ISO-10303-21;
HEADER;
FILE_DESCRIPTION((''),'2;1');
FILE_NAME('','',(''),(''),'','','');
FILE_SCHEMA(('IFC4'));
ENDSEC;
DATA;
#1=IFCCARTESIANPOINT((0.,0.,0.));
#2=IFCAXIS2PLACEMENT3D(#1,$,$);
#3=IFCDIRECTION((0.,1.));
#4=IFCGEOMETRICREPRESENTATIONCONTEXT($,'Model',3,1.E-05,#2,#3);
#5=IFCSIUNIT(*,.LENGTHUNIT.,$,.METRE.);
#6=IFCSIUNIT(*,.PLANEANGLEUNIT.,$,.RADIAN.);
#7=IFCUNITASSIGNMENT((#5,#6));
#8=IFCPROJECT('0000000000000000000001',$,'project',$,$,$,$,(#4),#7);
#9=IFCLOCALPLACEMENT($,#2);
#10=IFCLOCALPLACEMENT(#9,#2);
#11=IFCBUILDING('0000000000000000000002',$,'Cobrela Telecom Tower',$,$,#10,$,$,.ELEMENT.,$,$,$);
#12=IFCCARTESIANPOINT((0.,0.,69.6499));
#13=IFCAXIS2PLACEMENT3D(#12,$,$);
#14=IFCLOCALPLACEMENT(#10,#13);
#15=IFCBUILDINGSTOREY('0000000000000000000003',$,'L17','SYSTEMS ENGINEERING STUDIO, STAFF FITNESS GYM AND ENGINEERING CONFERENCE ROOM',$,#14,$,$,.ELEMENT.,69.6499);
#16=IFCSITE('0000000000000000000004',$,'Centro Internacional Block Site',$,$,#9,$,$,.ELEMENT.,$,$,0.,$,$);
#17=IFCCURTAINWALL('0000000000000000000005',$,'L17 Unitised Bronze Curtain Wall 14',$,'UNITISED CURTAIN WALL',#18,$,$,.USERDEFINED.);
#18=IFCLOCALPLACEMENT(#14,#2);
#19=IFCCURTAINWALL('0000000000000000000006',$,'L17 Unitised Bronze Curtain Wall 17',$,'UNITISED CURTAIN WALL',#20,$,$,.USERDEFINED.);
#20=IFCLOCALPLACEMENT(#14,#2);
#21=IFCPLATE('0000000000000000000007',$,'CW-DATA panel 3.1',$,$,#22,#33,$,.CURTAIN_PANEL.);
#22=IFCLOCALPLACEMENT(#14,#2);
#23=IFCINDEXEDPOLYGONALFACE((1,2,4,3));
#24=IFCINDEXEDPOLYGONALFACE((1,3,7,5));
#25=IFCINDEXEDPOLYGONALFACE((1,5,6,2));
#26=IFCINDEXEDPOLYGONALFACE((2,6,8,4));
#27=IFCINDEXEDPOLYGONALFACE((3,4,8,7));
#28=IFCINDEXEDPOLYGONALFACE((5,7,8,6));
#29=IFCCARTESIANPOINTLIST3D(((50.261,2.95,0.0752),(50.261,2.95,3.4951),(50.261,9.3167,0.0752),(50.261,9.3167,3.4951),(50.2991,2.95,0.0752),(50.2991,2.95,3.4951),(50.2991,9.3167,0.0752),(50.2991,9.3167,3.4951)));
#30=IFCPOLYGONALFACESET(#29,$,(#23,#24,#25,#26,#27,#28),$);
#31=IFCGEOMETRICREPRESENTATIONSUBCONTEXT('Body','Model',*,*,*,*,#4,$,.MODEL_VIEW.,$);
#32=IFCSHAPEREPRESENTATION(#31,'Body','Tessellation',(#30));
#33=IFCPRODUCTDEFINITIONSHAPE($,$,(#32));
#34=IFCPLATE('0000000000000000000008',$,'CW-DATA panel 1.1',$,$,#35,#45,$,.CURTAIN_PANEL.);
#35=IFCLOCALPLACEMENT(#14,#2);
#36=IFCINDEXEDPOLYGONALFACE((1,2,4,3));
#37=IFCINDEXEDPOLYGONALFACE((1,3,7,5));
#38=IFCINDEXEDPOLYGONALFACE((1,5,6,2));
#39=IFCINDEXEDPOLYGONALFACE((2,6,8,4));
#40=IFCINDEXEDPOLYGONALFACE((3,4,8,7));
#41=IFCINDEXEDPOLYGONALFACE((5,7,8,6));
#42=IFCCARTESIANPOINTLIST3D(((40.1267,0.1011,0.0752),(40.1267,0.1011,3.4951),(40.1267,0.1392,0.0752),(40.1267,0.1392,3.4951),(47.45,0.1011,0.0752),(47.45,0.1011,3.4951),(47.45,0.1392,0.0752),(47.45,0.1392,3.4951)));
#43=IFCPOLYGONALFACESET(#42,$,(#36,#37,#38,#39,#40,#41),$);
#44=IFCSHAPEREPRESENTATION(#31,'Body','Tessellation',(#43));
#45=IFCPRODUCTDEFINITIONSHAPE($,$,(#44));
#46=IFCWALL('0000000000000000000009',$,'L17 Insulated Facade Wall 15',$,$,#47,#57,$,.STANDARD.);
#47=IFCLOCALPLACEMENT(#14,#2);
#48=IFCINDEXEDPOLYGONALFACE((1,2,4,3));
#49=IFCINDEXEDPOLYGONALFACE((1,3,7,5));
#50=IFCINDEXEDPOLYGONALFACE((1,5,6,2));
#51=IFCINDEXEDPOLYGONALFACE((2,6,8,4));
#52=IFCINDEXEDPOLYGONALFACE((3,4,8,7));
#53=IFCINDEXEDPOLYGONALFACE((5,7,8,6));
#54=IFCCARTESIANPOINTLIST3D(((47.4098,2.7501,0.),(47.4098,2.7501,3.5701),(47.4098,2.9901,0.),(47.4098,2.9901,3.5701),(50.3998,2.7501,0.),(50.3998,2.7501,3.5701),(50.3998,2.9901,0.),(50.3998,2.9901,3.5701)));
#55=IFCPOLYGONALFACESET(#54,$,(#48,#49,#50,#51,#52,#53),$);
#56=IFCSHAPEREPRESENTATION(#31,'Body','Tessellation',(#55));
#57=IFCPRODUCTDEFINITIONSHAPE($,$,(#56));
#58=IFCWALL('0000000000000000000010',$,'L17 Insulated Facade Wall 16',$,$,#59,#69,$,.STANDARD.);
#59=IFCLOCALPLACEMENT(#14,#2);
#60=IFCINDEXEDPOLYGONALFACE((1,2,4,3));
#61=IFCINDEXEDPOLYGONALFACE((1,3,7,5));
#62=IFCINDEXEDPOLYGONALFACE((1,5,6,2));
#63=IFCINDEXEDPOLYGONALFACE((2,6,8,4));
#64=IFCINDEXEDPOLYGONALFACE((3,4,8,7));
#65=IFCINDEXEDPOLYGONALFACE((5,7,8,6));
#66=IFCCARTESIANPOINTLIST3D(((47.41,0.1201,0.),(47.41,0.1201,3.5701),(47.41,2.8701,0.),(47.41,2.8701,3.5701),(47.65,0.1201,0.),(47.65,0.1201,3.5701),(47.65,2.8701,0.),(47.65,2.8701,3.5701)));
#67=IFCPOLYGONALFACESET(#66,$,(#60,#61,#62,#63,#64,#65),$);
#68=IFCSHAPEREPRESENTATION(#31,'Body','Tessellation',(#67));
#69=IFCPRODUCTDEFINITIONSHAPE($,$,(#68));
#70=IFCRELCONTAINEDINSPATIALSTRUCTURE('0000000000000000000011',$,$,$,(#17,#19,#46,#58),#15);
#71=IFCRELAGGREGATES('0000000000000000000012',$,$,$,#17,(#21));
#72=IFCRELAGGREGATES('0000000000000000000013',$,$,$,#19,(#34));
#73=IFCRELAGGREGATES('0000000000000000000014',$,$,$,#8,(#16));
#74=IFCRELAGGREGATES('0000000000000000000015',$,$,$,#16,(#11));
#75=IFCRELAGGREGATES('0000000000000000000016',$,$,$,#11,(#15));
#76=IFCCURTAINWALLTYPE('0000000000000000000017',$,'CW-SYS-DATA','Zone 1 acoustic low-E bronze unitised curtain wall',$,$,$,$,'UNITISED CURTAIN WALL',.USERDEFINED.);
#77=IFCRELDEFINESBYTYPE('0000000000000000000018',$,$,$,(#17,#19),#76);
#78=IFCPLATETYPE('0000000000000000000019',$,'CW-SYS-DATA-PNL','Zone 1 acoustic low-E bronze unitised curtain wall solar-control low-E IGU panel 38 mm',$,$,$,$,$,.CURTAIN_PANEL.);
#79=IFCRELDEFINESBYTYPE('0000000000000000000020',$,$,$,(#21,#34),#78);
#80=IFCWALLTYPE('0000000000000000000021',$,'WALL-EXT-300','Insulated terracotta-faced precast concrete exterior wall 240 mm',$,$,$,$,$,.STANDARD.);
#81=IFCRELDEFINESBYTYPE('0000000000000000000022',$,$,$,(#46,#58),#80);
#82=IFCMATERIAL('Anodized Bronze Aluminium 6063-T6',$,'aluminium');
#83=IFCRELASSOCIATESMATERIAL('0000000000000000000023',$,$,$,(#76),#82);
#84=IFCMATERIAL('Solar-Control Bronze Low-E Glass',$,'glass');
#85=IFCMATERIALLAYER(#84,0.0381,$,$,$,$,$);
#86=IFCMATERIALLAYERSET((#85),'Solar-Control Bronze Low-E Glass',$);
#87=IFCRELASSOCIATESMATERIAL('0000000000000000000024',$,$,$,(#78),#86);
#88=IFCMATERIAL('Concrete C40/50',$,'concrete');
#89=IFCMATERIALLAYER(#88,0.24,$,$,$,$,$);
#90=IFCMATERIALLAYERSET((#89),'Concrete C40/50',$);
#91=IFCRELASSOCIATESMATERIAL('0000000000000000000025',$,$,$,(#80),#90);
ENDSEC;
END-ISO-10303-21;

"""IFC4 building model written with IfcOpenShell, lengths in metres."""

from ifc_helpers import new_model, si_unit, direction, frame, frame_2d, origin, origin_2d, place, context, subcontext, project, spatial, rectangle, extrude, material, layer, layer_set, type_object, element, aggregate, save


model = new_model("IFC4")

# Units and contexts
model_context = context("Model", 3, precision=1e-05, world=origin(), true_north=direction((0.0, 1.0)))
body_context = subcontext(model_context, "Body", "Model", "MODEL_VIEW")
ifc_project = project(units=[si_unit("LENGTHUNIT", "METRE"), si_unit("PLANEANGLEUNIT", "RADIAN")], contexts=[model_context])

# Site, building, storey
site_placement = place(None, origin())
site = spatial("IfcSite", under=ifc_project, at=site_placement, Name="Centro Internacional Block Site", CompositionType="ELEMENT", RefElevation=0.0)
building_placement = place(site_placement, origin())
building = spatial("IfcBuilding", under=site, at=building_placement, Name="Cobrela Telecom Tower", CompositionType="ELEMENT")
storey_placement = place(building_placement, frame((0.0, 0.0, 69.6499)))
storey = spatial("IfcBuildingStorey", under=building, at=storey_placement, Name="L17", Description="SYSTEMS ENGINEERING STUDIO, STAFF FITNESS GYM AND ENGINEERING CONFERENCE ROOM", CompositionType="ELEMENT", Elevation=69.6499)

# Curtain wall
ifc_material_1 = material(Name="Anodized Bronze Aluminium 6063-T6", Category="aluminium")
curtain_wall_type = type_object("IfcCurtainWallType", Name="CW-SYS-DATA", Description="Zone 1 acoustic low-E bronze unitised curtain wall", ElementType="UNITISED CURTAIN WALL", PredefinedType="USERDEFINED", material=ifc_material_1)
curtain_wall_1_placement = place(storey_placement, origin())
curtain_wall_1 = element("IfcCurtainWall", 1, at=curtain_wall_1_placement, inside=storey, type_object=curtain_wall_type, Name="L17 Unitised Bronze Curtain Wall 14", ObjectType="UNITISED CURTAIN WALL", PredefinedType="USERDEFINED")

# Curtain wall
curtain_wall_2_placement = place(storey_placement, origin())
curtain_wall_2 = element("IfcCurtainWall", 2, at=curtain_wall_2_placement, inside=storey, type_object=curtain_wall_type, Name="L17 Unitised Bronze Curtain Wall 17", ObjectType="UNITISED CURTAIN WALL", PredefinedType="USERDEFINED")

# Plates
ifc_material_2 = material(Name="Solar-Control Bronze Low-E Glass", Category="glass")
ifc_layer_1 = layer(ifc_material_2, 0.0381)
ifc_layer_set_1 = layer_set([ifc_layer_1], Name="Solar-Control Bronze Low-E Glass")
plate_type = type_object("IfcPlateType", Name="CW-SYS-DATA-PNL", Description="Zone 1 acoustic low-E bronze unitised curtain wall solar-control low-E IGU panel 38 mm", PredefinedType="CURTAIN_PANEL", material=ifc_layer_set_1)
plate_1_placement = place(storey_placement, frame((50.28, 6.1333, 0.0752), z_axis=(0.0, 0.0, 1.0), x_axis=(0.0, -1.0, 0.0)))
plate_1 = element("IfcPlate", 3, at=plate_1_placement, type_object=plate_type, Name="CW-DATA panel 3.1", PredefinedType="CURTAIN_PANEL", context=body_context, shape_type="SweptSolid", body=[
    extrude(rectangle(XDim=6.3667, YDim=0.0381, at=origin_2d()), origin(), (0.0, 0.0, 1.0), 3.4199),
])
aggregate(curtain_wall_1, [plate_1])
plate_2_placement = place(storey_placement, frame((43.7883, 0.1201, 0.0752), z_axis=(0.0, 0.0, 1.0), x_axis=(-1.0, 0.0, 0.0)))
plate_2 = element("IfcPlate", 4, at=plate_2_placement, type_object=plate_type, Name="CW-DATA panel 1.1", PredefinedType="CURTAIN_PANEL", context=body_context, shape_type="SweptSolid", body=[
    extrude(rectangle(XDim=7.3232, YDim=0.0381, at=origin_2d()), origin(), (0.0, 0.0, 1.0), 3.4199),
])
aggregate(curtain_wall_2, [plate_2])

# Walls
ifc_material_3 = material(Name="Concrete C40/50", Category="concrete")
ifc_layer_2 = layer(ifc_material_3, 0.24)
ifc_layer_set_2 = layer_set([ifc_layer_2], Name="Concrete C40/50")
wall_type = type_object("IfcWallType", Name="WALL-EXT-300", Description="Insulated terracotta-faced precast concrete exterior wall 240 mm", PredefinedType="STANDARD", material=ifc_layer_set_2)
wall_1_placement = place(storey_placement, frame((50.3999, 2.8701, 0.0), z_axis=(0.0, 0.0, 1.0), x_axis=(-1.0, 0.0, 0.0)))
element("IfcWall", 5, at=wall_1_placement, inside=storey, type_object=wall_type, Name="L17 Insulated Facade Wall 15", PredefinedType="STANDARD", context=body_context, shape_type="SweptSolid", body=[
    extrude(rectangle(XDim=2.99, YDim=0.24, at=frame_2d((1.4951, 0.0))), origin(), (0.0, 0.0, 1.0), 3.5701),
])
wall_2_placement = place(storey_placement, frame((47.53, 2.8701, 0.0), z_axis=(0.0, 0.0, 1.0), x_axis=(0.0, -1.0, 0.0)))
element("IfcWall", 6, at=wall_2_placement, inside=storey, type_object=wall_type, Name="L17 Insulated Facade Wall 16", PredefinedType="STANDARD", context=body_context, shape_type="SweptSolid", body=[
    extrude(rectangle(XDim=2.75, YDim=0.24, at=frame_2d((1.375, 0.0))), origin(), (0.0, 0.0, 1.0), 3.5701),
])

save(model, "model.ifc")
